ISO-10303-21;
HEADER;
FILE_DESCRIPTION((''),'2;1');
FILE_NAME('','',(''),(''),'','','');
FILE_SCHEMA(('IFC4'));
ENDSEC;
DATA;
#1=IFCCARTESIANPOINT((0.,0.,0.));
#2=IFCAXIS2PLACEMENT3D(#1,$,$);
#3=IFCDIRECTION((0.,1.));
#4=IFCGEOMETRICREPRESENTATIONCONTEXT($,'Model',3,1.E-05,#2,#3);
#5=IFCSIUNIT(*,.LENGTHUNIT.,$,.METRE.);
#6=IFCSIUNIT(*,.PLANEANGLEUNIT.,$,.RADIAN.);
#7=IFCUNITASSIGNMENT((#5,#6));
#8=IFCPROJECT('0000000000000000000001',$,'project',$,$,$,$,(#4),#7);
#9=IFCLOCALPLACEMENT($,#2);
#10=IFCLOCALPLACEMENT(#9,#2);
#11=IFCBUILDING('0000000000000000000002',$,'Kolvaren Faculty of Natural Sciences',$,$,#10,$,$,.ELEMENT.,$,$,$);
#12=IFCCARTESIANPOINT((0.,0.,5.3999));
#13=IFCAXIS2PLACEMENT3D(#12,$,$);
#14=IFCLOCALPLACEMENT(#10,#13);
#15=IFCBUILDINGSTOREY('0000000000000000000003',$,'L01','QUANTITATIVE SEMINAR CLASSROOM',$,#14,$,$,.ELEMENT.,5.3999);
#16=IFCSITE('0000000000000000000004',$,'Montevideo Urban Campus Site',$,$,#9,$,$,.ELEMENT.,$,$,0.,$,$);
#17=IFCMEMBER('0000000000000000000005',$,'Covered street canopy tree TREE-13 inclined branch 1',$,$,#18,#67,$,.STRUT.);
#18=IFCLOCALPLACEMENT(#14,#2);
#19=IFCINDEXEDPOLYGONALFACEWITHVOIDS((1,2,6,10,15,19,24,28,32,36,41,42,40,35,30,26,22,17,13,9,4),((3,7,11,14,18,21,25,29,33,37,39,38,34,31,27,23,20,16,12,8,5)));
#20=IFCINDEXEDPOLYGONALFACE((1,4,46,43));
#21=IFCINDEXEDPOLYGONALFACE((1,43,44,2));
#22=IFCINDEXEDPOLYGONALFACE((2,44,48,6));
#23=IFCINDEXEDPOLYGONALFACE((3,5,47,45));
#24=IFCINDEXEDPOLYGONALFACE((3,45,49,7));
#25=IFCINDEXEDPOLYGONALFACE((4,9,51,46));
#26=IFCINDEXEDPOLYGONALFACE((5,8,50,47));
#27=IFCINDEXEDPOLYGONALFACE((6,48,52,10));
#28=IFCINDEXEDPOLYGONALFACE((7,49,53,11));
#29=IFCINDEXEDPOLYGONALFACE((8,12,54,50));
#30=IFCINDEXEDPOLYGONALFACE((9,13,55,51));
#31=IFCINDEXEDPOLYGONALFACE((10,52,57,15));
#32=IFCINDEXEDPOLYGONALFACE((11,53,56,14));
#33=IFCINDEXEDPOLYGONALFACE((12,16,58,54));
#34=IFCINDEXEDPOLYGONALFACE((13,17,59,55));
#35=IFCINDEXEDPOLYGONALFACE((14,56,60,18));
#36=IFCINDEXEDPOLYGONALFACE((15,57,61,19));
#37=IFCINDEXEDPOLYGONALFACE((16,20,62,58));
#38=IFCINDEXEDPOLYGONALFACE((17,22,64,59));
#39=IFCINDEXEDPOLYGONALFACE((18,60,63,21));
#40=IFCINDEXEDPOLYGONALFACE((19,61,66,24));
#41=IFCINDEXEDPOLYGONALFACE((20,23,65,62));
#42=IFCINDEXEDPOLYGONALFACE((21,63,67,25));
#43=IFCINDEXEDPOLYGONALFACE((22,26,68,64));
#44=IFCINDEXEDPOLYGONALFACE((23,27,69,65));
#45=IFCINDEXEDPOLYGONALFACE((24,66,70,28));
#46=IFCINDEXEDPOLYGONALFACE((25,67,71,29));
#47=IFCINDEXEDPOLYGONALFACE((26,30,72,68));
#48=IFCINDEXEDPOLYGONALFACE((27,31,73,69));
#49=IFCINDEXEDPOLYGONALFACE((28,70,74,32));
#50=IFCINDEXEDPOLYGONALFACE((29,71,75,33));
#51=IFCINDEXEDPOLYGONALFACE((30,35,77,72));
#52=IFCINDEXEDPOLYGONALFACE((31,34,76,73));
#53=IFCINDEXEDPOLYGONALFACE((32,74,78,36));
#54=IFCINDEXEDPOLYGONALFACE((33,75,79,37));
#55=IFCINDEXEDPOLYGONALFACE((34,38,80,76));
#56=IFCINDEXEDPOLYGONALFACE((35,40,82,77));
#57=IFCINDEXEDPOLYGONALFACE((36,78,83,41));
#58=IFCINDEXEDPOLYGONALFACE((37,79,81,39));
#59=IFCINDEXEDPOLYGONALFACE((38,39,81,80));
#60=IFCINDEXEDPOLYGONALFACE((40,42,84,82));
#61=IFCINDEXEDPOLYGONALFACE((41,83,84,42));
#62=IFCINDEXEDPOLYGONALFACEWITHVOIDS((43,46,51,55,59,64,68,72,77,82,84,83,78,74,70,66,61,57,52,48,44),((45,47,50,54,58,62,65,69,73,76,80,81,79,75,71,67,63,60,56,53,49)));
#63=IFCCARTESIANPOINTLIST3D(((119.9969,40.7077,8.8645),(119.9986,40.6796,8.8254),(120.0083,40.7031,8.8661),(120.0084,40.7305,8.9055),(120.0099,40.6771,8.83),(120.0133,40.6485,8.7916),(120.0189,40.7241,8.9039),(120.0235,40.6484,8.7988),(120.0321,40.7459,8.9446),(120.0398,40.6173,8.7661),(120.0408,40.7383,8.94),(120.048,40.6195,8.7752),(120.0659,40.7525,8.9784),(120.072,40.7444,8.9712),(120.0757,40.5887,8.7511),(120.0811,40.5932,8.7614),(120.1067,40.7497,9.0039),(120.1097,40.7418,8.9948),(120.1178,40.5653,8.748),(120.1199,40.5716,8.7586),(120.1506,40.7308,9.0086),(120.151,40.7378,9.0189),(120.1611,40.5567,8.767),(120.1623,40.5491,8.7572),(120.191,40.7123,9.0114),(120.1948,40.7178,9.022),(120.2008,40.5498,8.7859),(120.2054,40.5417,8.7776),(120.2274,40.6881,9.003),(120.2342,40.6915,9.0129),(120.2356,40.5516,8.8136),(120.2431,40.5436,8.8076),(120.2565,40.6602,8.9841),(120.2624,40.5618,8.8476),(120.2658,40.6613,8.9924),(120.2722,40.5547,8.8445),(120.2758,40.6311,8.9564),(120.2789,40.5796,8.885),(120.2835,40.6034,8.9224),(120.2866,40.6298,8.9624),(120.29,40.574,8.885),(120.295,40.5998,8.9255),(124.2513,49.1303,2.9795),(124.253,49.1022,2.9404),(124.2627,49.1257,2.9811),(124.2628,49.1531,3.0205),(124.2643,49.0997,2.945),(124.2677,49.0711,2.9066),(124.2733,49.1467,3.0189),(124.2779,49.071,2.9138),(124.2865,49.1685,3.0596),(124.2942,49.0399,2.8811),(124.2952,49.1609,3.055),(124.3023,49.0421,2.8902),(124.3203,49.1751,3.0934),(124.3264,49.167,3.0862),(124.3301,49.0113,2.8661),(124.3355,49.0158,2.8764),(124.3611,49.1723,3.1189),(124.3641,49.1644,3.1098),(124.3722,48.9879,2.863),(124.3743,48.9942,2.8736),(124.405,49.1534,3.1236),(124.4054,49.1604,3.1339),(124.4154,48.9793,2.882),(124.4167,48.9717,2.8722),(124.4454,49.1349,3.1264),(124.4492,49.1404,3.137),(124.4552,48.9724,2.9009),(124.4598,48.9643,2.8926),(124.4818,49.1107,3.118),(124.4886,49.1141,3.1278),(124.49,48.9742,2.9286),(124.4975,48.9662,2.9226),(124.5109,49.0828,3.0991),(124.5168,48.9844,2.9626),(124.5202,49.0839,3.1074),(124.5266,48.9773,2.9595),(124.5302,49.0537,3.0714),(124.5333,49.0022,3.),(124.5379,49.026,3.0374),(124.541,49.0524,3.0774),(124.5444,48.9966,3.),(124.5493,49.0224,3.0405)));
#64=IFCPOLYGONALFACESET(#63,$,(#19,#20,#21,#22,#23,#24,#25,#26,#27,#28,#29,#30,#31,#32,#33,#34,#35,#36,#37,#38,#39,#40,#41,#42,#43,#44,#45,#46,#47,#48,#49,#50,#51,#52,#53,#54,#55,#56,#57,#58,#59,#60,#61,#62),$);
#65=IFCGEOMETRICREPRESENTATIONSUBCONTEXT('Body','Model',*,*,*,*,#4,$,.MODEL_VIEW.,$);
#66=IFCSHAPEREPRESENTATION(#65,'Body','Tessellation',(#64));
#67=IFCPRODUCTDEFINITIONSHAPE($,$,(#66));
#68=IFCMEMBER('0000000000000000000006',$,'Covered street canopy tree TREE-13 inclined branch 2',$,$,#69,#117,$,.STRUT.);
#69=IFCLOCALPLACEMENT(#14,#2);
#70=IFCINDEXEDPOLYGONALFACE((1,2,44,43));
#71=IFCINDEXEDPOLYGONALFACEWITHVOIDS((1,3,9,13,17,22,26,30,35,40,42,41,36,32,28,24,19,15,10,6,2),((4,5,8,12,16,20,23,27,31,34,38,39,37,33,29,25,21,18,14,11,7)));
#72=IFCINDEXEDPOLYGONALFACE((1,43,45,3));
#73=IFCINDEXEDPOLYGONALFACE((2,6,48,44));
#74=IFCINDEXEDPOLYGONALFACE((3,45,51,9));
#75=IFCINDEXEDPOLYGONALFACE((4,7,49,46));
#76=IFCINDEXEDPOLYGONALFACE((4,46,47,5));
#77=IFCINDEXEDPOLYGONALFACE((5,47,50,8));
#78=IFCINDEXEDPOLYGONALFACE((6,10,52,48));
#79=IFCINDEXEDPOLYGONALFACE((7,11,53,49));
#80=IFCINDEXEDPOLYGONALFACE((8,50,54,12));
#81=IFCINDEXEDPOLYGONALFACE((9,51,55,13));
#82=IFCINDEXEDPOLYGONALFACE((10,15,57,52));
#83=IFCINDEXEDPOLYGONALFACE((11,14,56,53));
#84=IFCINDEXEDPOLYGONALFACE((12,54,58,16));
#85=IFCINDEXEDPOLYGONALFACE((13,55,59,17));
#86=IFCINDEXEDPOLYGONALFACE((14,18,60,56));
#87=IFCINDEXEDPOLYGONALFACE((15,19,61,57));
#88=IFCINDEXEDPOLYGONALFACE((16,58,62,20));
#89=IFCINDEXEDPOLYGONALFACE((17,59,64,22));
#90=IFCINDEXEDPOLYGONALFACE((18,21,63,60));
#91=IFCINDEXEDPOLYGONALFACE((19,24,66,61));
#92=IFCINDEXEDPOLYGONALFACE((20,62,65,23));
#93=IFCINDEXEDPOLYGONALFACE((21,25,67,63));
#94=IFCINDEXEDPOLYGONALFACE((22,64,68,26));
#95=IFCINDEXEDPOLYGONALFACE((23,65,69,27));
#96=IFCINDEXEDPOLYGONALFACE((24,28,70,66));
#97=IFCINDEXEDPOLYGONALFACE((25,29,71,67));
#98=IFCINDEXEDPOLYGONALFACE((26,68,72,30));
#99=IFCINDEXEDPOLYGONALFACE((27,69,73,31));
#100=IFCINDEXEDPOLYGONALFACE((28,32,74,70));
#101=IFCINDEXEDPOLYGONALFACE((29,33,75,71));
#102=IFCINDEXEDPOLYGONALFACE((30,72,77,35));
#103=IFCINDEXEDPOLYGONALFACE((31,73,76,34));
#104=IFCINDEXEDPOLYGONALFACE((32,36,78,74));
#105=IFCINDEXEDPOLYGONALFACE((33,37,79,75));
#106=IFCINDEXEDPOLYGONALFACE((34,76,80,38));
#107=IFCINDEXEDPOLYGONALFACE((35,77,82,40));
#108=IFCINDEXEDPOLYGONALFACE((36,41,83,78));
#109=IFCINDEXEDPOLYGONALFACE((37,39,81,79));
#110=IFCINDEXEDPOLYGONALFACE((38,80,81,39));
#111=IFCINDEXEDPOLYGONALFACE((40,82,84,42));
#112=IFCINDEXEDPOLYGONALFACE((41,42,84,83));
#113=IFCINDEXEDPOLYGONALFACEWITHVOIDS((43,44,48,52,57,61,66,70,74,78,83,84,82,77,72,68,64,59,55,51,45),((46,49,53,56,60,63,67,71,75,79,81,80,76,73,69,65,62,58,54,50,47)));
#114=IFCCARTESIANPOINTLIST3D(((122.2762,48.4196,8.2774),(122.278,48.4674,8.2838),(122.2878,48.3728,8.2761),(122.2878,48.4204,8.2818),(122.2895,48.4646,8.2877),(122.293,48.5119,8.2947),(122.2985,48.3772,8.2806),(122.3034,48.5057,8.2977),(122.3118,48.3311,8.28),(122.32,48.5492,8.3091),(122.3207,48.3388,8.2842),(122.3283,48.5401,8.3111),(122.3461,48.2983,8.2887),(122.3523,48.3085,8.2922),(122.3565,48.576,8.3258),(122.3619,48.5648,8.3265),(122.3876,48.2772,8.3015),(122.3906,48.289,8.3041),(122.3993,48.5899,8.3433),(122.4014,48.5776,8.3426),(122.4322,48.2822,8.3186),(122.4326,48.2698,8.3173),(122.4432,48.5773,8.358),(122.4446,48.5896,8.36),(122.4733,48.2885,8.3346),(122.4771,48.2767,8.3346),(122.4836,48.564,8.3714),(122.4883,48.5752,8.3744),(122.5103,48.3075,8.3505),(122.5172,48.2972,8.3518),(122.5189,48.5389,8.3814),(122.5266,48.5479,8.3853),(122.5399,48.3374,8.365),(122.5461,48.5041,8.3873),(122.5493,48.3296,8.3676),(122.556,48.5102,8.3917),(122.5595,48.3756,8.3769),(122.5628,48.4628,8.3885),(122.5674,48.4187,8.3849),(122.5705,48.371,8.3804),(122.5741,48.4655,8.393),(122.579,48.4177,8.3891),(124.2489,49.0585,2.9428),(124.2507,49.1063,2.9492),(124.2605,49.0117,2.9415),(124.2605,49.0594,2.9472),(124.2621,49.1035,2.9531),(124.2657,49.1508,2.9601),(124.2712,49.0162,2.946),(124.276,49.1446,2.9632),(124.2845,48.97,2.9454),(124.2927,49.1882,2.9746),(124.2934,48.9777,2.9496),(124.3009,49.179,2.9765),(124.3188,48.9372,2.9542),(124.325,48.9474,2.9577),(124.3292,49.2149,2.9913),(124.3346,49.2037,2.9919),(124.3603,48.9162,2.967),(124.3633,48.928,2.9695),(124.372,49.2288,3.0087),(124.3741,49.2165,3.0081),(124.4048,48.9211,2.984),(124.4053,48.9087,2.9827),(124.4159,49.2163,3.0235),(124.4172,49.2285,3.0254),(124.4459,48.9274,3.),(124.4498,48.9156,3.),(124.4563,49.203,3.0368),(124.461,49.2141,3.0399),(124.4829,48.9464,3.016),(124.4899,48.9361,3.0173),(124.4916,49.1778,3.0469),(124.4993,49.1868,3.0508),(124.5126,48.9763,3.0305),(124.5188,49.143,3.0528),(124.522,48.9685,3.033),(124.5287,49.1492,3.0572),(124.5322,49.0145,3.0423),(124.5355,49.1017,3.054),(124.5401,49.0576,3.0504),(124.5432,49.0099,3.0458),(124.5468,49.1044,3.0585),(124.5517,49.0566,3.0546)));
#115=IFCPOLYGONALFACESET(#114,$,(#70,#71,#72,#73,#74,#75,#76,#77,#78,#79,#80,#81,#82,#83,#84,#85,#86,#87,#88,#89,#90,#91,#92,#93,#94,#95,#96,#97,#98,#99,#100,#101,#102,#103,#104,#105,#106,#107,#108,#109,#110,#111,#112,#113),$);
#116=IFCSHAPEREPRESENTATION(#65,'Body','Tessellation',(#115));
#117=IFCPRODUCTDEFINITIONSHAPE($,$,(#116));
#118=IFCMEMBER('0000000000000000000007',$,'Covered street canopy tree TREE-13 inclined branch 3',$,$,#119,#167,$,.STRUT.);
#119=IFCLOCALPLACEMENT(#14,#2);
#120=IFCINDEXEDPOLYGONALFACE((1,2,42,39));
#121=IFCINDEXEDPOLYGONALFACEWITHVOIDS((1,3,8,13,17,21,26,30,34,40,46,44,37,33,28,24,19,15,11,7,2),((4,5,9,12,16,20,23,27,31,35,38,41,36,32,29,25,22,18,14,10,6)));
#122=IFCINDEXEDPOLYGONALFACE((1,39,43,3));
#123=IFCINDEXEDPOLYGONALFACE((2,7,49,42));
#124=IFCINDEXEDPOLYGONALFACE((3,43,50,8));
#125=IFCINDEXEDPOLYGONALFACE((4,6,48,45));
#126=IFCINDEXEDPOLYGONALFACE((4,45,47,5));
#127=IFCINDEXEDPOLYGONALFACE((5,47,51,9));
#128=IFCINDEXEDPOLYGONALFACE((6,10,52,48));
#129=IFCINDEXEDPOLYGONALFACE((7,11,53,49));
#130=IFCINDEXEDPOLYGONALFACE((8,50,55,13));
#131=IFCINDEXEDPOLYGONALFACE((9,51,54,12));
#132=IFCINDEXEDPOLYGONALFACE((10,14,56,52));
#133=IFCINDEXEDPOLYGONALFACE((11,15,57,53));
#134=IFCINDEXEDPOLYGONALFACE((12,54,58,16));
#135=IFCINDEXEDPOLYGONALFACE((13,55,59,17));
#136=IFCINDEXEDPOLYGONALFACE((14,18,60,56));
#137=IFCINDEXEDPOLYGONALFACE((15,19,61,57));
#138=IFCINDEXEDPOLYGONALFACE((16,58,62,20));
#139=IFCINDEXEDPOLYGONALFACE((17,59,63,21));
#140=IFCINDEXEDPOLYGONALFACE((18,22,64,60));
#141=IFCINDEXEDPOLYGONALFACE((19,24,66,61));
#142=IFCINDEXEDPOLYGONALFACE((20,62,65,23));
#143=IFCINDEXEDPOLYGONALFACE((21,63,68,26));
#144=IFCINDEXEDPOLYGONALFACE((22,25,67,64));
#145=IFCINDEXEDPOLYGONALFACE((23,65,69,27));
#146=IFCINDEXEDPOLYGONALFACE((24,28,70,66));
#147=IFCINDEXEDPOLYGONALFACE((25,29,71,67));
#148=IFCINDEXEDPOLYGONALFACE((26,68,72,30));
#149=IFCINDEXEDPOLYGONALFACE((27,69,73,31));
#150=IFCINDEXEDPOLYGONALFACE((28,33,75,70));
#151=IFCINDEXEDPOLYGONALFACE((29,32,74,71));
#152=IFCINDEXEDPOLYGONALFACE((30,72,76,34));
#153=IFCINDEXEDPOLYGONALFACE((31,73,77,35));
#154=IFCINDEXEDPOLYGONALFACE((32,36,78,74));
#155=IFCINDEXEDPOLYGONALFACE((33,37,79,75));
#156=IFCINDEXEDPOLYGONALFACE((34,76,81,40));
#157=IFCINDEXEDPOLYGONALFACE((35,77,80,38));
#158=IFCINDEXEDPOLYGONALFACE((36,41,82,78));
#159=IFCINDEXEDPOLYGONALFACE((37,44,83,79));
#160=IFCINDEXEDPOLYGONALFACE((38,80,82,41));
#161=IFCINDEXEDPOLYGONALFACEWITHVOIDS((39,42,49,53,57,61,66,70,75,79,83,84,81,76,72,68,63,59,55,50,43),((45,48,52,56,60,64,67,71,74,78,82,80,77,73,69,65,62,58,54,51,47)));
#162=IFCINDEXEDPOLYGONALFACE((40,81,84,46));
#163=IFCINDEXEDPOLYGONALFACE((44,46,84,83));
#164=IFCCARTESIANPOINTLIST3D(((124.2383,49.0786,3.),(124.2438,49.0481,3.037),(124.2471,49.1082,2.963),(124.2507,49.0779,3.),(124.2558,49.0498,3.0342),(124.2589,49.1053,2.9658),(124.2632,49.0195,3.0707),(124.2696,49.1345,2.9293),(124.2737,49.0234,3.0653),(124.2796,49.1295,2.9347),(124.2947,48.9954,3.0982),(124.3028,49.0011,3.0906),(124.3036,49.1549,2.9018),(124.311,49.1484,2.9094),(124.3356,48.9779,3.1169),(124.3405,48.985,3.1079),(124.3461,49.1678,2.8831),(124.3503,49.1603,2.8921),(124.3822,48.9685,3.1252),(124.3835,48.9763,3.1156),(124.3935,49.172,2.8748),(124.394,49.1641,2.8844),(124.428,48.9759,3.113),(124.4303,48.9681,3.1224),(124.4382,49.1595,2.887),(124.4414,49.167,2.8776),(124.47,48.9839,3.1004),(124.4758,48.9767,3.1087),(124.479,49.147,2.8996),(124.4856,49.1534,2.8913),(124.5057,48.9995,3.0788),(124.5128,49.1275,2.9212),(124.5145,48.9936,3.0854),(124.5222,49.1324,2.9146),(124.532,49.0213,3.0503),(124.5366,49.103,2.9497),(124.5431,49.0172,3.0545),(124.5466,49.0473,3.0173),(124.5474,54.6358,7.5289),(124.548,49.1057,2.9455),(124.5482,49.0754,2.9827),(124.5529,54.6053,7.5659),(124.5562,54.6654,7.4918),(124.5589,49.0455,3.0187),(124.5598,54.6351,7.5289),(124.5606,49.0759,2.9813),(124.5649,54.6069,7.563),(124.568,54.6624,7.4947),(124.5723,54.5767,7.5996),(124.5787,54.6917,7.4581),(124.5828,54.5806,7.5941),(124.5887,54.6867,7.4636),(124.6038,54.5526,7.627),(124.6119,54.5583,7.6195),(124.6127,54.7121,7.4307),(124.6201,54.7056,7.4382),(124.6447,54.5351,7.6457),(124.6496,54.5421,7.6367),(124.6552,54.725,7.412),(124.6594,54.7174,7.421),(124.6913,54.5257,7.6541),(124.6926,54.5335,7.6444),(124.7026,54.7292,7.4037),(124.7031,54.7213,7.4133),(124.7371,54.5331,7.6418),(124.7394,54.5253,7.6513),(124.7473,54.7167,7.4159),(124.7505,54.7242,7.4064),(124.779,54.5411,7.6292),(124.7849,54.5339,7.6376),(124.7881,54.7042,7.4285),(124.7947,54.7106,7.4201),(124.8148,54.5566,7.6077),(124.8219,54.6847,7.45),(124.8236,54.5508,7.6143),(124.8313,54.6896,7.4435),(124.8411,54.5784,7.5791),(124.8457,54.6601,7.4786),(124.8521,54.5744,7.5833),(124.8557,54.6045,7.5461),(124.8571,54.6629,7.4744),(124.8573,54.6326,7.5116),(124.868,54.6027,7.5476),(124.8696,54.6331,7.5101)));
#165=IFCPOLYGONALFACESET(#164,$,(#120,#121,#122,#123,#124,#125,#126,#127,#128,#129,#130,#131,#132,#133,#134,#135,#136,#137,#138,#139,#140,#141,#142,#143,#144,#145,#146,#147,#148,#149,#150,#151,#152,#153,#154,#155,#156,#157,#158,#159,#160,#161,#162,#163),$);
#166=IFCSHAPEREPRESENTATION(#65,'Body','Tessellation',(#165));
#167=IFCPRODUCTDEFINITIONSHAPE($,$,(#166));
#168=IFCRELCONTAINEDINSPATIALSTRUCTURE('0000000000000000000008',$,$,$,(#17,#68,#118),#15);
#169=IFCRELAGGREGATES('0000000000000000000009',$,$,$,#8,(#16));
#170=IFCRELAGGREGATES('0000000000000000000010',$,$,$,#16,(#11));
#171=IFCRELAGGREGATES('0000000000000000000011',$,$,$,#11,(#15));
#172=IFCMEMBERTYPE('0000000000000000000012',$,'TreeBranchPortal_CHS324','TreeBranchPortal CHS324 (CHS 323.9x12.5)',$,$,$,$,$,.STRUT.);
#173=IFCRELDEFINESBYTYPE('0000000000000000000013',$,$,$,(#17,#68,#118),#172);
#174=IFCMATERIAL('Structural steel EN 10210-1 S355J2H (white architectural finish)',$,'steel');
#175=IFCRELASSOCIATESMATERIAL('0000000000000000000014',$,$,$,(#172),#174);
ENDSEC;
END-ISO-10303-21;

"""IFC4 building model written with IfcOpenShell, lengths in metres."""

from ifc_helpers import new_model, si_unit, direction, frame, origin, origin_2d, place, context, subcontext, project, spatial, hollow_circle, extrude, material, material_profile, profile_set, type_object, element, save


model = new_model("IFC4")

# Units and contexts
model_context = context("Model", 3, precision=1e-05, world=origin(), true_north=direction((0.0, 1.0)))
body_context = subcontext(model_context, "Body", "Model", "MODEL_VIEW")
ifc_project = project(units=[si_unit("LENGTHUNIT", "METRE"), si_unit("PLANEANGLEUNIT", "RADIAN")], contexts=[model_context])

# Site, building, storey
site_placement = place(None, origin())
site = spatial("IfcSite", under=ifc_project, at=site_placement, Name="Montevideo Urban Campus Site", CompositionType="ELEMENT", RefElevation=0.0)
building_placement = place(site_placement, origin())
building = spatial("IfcBuilding", under=site, at=building_placement, Name="Kolvaren Faculty of Natural Sciences", CompositionType="ELEMENT")
storey_placement = place(building_placement, frame((0.0, 0.0, 5.3999)))
storey = spatial("IfcBuildingStorey", under=building, at=storey_placement, Name="L01", Description="QUANTITATIVE SEMINAR CLASSROOM", CompositionType="ELEMENT", Elevation=5.3999)

# Members
ifc_material_1 = material(Name="Structural steel EN 10210-1 S355J2H (white architectural finish)", Category="steel")
ifc_material_profile_1 = material_profile(ifc_material_1, hollow_circle(Radius=0.1619, WallThickness=0.0125, at=origin_2d()), Name="CHS 323.9x12.5")
ifc_profile_set_1 = profile_set([ifc_material_profile_1], Name="Structural steel EN 10210-1 S355J2H (white architectural finish)")
member_type_1 = type_object("IfcMemberType", Name="TreeBranchPortal_CHS324", Description="TreeBranchPortal CHS324 (CHS 323.9x12.5)", PredefinedType="STRUT", material=ifc_profile_set_1)
member_1_placement = place(storey_placement, frame((124.3999, 49.0696, 3.0), z_axis=(-0.38256, -0.75737, 0.529187), x_axis=(0.892593, -0.450863, 0.0)))
element("IfcMember", 1, at=member_1_placement, inside=storey, type_object=member_type_1, Name="Covered street canopy tree TREE-13 inclined branch 1", PredefinedType="STRUT", context=body_context, shape_type="SweptSolid", body=[
    extrude(hollow_circle(Radius=0.1619, WallThickness=0.0125, at=origin_2d()), origin(), (0.0, 0.0, 1.0), 11.1208),
])
member_2_placement = place(storey_placement, frame((124.3999, 49.0696, 3.0), z_axis=(-0.344671, -0.111634, 0.932062), x_axis=(0.308127, -0.951345, 0.0)))
element("IfcMember", 2, at=member_2_placement, inside=storey, type_object=member_type_1, Name="Covered street canopy tree TREE-13 inclined branch 2", PredefinedType="STRUT", context=body_context, shape_type="SweptSolid", body=[
    extrude(hollow_circle(Radius=0.1619, WallThickness=0.0125, at=origin_2d()), origin(), (0.0, 0.0, 1.0), 5.7234),
])
member_3_placement = place(storey_placement, frame((124.3999, 49.0696, 3.0), z_axis=(0.043075, 0.774462, 0.631152), x_axis=(-0.998457, 0.055533, 0.0)))
element("IfcMember", 3, at=member_3_placement, inside=storey, type_object=member_type_1, Name="Covered street canopy tree TREE-13 inclined branch 3", PredefinedType="STRUT", context=body_context, shape_type="SweptSolid", body=[
    extrude(hollow_circle(Radius=0.1619, WallThickness=0.0125, at=origin_2d()), origin(), (0.0, 0.0, 1.0), 7.1755),
])

save(model, "model.ifc")
